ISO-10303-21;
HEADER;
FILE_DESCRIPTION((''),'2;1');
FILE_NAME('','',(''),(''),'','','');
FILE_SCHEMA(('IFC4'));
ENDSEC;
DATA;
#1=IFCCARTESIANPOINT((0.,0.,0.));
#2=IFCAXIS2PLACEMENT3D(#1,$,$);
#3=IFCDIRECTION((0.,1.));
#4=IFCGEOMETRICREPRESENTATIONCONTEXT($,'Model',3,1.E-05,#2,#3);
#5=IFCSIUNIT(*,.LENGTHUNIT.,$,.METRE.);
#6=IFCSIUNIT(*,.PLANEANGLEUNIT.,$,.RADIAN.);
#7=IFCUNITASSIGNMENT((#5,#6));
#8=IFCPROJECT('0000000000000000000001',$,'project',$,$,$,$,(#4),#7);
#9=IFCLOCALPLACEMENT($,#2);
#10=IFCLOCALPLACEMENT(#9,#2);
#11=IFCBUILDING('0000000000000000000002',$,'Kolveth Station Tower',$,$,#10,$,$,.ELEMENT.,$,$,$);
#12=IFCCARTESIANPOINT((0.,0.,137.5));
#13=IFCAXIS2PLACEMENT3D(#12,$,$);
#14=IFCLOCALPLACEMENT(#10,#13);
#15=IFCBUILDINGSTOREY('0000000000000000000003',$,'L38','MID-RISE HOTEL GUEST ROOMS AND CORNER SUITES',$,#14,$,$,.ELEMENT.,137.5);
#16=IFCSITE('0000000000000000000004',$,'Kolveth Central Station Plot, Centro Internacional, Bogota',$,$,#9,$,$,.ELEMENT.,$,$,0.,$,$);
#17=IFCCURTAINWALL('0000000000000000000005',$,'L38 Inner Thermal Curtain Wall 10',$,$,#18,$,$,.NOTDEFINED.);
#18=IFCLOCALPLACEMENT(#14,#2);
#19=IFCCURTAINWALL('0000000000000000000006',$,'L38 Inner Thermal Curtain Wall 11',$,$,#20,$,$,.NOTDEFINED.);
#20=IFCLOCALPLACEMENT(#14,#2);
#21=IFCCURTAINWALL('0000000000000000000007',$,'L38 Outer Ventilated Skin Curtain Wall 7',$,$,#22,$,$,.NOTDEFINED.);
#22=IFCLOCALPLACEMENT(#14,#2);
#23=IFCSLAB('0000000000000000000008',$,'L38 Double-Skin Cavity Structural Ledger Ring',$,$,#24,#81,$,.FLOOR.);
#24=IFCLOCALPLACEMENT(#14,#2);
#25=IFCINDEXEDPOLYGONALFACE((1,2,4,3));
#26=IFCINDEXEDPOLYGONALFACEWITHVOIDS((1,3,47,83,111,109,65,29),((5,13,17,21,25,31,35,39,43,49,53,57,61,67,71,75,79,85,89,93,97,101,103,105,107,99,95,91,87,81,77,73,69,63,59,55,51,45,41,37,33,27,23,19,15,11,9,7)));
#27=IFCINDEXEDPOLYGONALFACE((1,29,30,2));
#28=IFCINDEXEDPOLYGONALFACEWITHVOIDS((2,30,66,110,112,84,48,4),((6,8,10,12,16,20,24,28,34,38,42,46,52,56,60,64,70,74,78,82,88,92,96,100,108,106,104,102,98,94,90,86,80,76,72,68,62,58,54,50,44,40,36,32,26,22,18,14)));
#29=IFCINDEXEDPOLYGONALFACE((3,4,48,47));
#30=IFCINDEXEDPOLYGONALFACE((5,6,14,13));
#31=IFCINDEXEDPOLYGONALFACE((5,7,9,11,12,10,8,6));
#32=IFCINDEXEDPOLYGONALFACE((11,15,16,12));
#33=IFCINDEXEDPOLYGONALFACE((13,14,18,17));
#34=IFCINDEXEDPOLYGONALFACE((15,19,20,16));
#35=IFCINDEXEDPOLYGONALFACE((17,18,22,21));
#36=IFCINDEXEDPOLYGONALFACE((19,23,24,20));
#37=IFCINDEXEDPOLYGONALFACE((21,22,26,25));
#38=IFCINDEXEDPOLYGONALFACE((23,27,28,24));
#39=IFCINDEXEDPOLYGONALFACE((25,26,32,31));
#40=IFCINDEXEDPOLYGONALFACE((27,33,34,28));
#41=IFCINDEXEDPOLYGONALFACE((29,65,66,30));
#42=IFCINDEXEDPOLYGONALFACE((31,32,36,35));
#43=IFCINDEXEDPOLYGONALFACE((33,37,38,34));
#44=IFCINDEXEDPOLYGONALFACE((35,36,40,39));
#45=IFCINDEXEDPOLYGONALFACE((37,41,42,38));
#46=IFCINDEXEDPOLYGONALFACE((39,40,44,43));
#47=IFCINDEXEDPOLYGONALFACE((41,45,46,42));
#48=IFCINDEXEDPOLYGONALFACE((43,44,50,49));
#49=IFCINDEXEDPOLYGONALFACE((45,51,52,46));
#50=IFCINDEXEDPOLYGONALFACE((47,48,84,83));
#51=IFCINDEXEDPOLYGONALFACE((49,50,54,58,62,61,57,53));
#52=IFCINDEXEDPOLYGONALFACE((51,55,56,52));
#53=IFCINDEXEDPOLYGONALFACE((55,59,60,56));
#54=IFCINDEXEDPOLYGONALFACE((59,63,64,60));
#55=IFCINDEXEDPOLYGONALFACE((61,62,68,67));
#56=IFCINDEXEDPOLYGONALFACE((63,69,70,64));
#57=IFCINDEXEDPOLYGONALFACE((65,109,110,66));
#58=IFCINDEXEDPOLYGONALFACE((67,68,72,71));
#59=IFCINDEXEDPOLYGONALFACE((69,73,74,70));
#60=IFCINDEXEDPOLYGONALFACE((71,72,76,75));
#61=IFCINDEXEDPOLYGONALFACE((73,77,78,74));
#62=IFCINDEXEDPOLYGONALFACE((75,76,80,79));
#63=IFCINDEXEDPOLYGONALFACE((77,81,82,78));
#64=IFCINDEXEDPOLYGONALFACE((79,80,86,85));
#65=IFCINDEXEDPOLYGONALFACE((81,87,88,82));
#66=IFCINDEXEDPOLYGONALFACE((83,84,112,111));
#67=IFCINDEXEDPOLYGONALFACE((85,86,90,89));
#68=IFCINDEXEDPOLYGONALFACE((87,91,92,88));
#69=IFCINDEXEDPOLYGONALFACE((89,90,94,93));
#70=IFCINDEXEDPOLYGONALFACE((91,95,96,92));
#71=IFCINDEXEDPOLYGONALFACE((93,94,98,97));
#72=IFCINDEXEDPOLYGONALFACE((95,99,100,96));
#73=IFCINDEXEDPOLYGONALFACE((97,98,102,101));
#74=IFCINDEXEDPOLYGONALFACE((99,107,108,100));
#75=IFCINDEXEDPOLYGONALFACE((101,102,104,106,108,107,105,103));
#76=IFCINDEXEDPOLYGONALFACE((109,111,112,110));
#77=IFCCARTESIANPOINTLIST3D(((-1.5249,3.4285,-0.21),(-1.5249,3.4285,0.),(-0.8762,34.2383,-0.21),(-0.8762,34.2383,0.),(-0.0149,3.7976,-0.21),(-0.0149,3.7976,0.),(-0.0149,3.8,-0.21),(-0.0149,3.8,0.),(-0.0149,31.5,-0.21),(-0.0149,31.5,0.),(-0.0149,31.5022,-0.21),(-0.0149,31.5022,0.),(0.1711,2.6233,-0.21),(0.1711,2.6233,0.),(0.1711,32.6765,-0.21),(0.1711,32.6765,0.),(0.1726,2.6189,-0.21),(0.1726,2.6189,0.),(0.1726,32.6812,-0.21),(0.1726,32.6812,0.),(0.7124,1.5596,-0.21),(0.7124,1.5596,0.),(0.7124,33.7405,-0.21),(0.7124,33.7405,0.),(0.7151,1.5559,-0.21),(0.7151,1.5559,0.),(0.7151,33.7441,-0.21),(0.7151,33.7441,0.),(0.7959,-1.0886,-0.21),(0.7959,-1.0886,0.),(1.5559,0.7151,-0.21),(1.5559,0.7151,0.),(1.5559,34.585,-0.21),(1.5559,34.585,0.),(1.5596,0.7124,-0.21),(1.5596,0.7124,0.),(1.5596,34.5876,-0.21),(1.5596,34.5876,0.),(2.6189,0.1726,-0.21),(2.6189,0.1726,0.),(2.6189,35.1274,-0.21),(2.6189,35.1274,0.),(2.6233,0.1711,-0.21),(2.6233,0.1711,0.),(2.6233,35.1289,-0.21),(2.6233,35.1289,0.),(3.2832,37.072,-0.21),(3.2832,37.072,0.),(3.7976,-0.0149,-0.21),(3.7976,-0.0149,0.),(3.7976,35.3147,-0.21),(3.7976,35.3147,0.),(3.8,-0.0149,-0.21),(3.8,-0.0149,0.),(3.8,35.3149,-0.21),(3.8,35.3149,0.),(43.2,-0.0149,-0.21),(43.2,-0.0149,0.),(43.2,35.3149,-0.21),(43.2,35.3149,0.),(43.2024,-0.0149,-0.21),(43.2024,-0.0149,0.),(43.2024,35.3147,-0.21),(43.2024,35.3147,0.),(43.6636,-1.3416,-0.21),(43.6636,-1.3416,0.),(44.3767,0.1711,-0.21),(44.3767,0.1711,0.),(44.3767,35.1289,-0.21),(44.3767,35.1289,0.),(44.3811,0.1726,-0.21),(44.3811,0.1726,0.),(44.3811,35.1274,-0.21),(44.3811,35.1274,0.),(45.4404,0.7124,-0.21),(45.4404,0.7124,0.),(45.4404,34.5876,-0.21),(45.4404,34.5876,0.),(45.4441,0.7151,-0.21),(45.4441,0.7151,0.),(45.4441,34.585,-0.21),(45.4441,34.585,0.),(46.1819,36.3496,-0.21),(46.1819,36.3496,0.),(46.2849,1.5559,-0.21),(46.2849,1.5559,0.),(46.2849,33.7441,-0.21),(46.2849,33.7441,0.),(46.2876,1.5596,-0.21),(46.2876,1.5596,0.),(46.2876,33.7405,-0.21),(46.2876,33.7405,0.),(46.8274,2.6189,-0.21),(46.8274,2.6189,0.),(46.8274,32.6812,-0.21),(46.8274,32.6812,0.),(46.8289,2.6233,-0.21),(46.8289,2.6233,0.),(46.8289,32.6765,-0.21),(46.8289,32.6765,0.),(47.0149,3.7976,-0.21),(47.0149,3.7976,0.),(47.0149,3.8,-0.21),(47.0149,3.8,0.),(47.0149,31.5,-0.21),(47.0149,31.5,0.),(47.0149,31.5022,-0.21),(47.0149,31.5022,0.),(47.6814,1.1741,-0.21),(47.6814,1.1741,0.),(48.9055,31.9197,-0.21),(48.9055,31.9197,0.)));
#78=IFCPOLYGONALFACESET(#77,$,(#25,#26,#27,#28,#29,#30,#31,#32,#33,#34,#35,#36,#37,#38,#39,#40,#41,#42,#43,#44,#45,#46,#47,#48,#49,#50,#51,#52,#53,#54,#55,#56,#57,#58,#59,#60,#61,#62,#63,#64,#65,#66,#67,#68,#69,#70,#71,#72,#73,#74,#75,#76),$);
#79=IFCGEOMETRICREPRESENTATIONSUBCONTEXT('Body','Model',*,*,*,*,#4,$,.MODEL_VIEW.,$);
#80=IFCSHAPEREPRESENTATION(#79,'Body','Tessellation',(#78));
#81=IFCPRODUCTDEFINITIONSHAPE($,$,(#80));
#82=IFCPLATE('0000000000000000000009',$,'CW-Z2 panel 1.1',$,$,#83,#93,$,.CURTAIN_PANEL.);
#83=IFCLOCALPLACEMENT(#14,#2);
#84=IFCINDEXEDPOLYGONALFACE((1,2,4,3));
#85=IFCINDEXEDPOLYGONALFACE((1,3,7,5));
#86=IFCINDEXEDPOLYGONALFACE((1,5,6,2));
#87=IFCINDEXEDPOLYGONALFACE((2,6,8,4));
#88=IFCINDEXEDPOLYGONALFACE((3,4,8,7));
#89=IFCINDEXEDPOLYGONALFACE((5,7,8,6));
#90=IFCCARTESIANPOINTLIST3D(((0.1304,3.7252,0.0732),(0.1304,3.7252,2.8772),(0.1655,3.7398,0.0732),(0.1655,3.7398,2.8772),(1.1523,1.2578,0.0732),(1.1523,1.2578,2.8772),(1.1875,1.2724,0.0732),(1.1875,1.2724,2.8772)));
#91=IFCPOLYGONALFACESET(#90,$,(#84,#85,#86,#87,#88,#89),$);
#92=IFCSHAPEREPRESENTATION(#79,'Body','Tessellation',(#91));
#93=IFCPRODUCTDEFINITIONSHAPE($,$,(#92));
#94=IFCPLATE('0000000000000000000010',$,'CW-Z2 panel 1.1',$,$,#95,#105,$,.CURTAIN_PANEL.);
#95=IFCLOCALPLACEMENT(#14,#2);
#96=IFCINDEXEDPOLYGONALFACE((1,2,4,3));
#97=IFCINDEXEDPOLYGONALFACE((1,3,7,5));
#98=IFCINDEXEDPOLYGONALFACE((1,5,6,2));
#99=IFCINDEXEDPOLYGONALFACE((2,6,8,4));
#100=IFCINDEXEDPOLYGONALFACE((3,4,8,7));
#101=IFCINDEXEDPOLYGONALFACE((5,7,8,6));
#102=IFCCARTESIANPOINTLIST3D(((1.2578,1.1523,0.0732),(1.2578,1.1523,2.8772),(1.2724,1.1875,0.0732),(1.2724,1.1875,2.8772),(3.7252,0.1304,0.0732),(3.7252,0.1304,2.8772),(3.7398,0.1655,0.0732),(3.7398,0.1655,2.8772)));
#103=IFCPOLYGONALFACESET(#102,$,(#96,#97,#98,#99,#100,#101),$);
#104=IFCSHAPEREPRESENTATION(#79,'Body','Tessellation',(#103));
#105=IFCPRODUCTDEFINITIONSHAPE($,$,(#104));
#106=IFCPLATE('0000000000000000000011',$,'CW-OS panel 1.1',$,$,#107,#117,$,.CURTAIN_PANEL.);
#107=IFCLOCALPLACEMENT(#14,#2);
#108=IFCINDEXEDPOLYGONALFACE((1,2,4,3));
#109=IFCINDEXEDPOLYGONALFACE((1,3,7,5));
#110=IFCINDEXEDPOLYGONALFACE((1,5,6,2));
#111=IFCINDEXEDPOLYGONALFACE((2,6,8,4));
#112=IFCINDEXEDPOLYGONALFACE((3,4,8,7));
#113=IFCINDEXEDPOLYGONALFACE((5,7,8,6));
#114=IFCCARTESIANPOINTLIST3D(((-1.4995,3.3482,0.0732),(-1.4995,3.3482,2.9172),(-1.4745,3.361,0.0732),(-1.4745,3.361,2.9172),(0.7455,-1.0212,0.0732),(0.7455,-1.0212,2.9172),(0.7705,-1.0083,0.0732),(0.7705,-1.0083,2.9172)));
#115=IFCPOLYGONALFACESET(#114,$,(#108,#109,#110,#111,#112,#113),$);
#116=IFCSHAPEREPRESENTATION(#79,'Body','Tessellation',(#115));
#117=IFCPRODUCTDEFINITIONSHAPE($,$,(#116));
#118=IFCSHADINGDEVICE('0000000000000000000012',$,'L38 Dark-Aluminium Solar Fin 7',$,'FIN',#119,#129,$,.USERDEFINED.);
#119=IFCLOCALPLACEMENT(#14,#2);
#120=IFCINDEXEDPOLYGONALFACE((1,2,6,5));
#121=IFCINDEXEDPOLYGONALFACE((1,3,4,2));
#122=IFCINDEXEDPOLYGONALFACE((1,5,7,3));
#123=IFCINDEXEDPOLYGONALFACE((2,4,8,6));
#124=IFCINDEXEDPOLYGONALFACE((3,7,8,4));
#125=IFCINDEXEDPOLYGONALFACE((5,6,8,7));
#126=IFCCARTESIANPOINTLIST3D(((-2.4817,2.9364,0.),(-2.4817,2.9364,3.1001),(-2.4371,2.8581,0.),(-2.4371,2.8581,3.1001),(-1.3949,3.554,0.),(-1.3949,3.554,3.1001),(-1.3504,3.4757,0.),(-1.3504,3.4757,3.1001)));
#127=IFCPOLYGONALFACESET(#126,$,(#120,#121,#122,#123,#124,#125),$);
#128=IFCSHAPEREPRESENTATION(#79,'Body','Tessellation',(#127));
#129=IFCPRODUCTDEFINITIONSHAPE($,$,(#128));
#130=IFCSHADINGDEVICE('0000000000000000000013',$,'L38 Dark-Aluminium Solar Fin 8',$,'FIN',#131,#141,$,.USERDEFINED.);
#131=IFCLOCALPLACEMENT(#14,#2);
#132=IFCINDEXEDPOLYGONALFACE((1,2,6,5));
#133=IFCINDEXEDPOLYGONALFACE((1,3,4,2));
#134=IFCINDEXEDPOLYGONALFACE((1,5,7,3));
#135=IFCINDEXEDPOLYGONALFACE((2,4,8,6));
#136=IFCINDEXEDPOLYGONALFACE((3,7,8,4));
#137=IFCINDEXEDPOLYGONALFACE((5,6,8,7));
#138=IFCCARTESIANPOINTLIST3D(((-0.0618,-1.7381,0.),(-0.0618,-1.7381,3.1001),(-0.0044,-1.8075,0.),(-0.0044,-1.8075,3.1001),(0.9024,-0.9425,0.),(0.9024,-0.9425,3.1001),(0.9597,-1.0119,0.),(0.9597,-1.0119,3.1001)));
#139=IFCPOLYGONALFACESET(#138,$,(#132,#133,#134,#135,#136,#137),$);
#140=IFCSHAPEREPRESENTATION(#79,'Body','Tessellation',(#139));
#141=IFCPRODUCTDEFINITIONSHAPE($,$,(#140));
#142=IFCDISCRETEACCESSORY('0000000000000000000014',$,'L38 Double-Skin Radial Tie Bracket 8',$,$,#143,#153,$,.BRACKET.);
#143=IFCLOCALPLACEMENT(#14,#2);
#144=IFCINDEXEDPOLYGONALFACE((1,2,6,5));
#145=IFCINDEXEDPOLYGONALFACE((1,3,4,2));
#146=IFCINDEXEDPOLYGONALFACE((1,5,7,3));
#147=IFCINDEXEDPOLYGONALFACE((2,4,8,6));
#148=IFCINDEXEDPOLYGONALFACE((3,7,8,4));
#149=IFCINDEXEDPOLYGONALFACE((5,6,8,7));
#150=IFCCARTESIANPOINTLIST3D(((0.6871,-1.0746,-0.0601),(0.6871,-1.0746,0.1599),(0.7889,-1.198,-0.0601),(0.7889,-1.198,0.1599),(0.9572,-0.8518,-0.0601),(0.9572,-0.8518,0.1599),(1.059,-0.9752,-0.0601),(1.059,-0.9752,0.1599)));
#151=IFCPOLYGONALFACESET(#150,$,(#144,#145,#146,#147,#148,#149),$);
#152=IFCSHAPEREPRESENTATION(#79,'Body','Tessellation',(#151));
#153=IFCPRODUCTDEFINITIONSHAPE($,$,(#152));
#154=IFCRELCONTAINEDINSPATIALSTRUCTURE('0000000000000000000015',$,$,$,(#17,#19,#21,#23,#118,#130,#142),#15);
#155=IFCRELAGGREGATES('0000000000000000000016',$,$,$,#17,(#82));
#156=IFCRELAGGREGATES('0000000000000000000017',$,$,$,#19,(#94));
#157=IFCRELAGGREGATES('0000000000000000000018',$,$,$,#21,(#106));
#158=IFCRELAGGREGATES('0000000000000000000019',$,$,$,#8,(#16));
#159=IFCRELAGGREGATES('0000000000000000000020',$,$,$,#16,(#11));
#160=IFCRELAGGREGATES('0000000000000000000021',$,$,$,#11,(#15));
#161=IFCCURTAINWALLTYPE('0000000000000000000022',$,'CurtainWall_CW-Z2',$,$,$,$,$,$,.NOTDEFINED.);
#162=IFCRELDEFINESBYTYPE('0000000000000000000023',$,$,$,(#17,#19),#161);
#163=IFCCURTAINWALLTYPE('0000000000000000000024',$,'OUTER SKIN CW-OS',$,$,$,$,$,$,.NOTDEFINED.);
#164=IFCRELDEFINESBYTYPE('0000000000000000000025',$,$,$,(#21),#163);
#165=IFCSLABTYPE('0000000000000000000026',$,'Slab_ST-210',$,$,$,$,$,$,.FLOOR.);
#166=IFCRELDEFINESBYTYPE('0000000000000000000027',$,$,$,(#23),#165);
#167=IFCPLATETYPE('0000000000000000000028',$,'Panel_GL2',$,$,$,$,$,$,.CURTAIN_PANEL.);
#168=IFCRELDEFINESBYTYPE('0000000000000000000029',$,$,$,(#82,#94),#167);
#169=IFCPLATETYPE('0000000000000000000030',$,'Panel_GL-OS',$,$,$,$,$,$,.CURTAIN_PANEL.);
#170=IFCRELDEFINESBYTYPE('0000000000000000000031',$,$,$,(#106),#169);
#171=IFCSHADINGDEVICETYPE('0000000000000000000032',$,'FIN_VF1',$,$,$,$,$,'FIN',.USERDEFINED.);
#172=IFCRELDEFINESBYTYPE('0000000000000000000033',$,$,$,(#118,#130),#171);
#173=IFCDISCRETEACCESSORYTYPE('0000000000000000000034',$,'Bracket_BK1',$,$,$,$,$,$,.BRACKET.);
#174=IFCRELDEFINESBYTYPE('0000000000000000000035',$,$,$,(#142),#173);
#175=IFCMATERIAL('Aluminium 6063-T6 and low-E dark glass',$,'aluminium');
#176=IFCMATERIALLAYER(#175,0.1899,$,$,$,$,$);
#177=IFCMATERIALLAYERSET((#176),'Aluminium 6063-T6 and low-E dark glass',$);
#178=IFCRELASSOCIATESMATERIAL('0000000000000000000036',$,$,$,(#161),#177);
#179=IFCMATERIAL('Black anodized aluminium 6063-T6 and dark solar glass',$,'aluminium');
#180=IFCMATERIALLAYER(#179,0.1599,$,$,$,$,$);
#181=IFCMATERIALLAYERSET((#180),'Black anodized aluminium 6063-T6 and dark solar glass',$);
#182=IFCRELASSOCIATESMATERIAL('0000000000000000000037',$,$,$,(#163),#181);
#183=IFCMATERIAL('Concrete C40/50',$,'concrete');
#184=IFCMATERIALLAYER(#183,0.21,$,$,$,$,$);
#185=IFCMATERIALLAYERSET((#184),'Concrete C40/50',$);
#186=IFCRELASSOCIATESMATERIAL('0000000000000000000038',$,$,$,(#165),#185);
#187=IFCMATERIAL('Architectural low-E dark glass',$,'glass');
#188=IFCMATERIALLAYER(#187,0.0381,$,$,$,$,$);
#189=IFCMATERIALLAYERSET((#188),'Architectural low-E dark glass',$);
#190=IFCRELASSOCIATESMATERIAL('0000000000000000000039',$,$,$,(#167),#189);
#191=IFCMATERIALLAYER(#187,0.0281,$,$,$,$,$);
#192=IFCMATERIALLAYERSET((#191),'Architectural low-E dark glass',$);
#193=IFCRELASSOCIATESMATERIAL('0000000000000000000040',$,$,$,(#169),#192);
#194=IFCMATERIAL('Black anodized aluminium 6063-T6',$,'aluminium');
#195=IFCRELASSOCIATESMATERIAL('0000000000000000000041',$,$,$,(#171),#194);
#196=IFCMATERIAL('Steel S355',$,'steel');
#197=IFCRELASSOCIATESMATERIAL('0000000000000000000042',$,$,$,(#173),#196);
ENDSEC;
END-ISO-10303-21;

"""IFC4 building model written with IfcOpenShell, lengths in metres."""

from ifc_helpers import new_model, si_unit, direction, frame, origin, origin_2d, place, context, subcontext, project, spatial, polyline, rectangle, outline, extrude, source, transform, mapped, material, layer, layer_set, type_object, element, aggregate, save


model = new_model("IFC4")

# Units and contexts
model_context = context("Model", 3, precision=1e-05, world=origin(), true_north=direction((0.0, 1.0)))
body_context = subcontext(model_context, "Body", "Model", "MODEL_VIEW")
ifc_project = project(units=[si_unit("LENGTHUNIT", "METRE"), si_unit("PLANEANGLEUNIT", "RADIAN")], contexts=[model_context])

# Site, building, storey
site_placement = place(None, origin())
site = spatial("IfcSite", under=ifc_project, at=site_placement, Name="Kolveth Central Station Plot, Centro Internacional, Bogota", CompositionType="ELEMENT", RefElevation=0.0)
building_placement = place(site_placement, origin())
building = spatial("IfcBuilding", under=site, at=building_placement, Name="Kolveth Station Tower", CompositionType="ELEMENT")
storey_placement = place(building_placement, frame((0.0, 0.0, 137.5)))
storey = spatial("IfcBuildingStorey", under=building, at=storey_placement, Name="L38", Description="MID-RISE HOTEL GUEST ROOMS AND CORNER SUITES", CompositionType="ELEMENT", Elevation=137.5)

# Curtain wall
ifc_material_1 = material(Name="Aluminium 6063-T6 and low-E dark glass", Category="aluminium")
ifc_layer_1 = layer(ifc_material_1, 0.1899)
ifc_layer_set_1 = layer_set([ifc_layer_1], Name="Aluminium 6063-T6 and low-E dark glass")
curtain_wall_type_1 = type_object("IfcCurtainWallType", Name="CurtainWall_CW-Z2", PredefinedType="NOTDEFINED", material=ifc_layer_set_1)
curtain_wall_1_placement = place(storey_placement, origin())
curtain_wall_1 = element("IfcCurtainWall", 1, at=curtain_wall_1_placement, inside=storey, type_object=curtain_wall_type_1, Name="L38 Inner Thermal Curtain Wall 10", PredefinedType="NOTDEFINED")
ifc_material_2 = material(Name="Black anodized aluminium 6063-T6", Category="aluminium")

# Curtain wall
curtain_wall_2_placement = place(storey_placement, origin())
curtain_wall_2 = element("IfcCurtainWall", 2, at=curtain_wall_2_placement, inside=storey, type_object=curtain_wall_type_1, Name="L38 Inner Thermal Curtain Wall 11", PredefinedType="NOTDEFINED")

# Curtain wall
ifc_material_3 = material(Name="Black anodized aluminium 6063-T6 and dark solar glass", Category="aluminium")
ifc_layer_2 = layer(ifc_material_3, 0.1599)
ifc_layer_set_2 = layer_set([ifc_layer_2], Name="Black anodized aluminium 6063-T6 and dark solar glass")
curtain_wall_type_2 = type_object("IfcCurtainWallType", Name="OUTER SKIN CW-OS", PredefinedType="NOTDEFINED", material=ifc_layer_set_2)
curtain_wall_3_placement = place(storey_placement, origin())
curtain_wall_3 = element("IfcCurtainWall", 3, at=curtain_wall_3_placement, inside=storey, type_object=curtain_wall_type_2, Name="L38 Outer Ventilated Skin Curtain Wall 7", PredefinedType="NOTDEFINED")

# Shared definitions
ifc_material_4 = material(Name="Concrete C40/50", Category="concrete")

# Slab
ifc_layer_3 = layer(ifc_material_4, 0.21)
ifc_layer_set_3 = layer_set([ifc_layer_3], Name="Concrete C40/50")
slab_type_1 = type_object("IfcSlabType", Name="Slab_ST-210", PredefinedType="FLOOR", material=ifc_layer_set_3)
slab_1_placement = place(storey_placement, frame((0.0, 0.0, -0.21)))
element("IfcSlab", 4, at=slab_1_placement, inside=storey, type_object=slab_type_1, Name="L38 Double-Skin Cavity Structural Ledger Ring", PredefinedType="FLOOR", context=body_context, shape_type="SweptSolid", body=[
    extrude(outline(polyline([(0.7959, -1.0886), (-1.5249, 3.4285), (-0.8762, 34.2383), (3.2832, 37.072), (46.1819, 36.3496), (48.9055, 31.9197), (47.6814, 1.1741), (43.6636, -1.3416), (0.7959, -1.0886)]), holes=[polyline([(43.2024, -0.0149), (44.3767, 0.1711), (44.3811, 0.1726), (45.4404, 0.7124), (45.4441, 0.7151), (46.2849, 1.5559), (46.2876, 1.5596), (46.8274, 2.6189), (46.8289, 2.6233), (47.0149, 3.7976), (47.0149, 3.8), (47.0149, 31.5), (47.0149, 31.5022), (46.8289, 32.6765), (46.8274, 32.6812), (46.2876, 33.7405), (46.2849, 33.7441), (45.4441, 34.585), (45.4404, 34.5876), (44.3811, 35.1274), (44.3767, 35.1289), (43.2024, 35.3147), (43.2, 35.3149), (3.8, 35.3149), (3.7976, 35.3147), (2.6233, 35.1289), (2.6189, 35.1274), (1.5596, 34.5876), (1.5559, 34.585), (0.7151, 33.7441), (0.7124, 33.7405), (0.1726, 32.6812), (0.1711, 32.6765), (-0.0149, 31.5022), (-0.0149, 31.5), (-0.0149, 3.8), (-0.0149, 3.7976), (0.1711, 2.6233), (0.1726, 2.6189), (0.7124, 1.5596), (0.7151, 1.5559), (1.5559, 0.7151), (1.5596, 0.7124), (2.6189, 0.1726), (2.6233, 0.1711), (3.7976, -0.0149), (3.8, -0.0149), (43.2, -0.0149), (43.2024, -0.0149)])]), origin(), (0.0, 0.0, 1.0), 0.21),
])

# Plates
ifc_material_5 = material(Name="Architectural low-E dark glass", Category="glass")
ifc_layer_4 = layer(ifc_material_5, 0.0381)
ifc_layer_set_4 = layer_set([ifc_layer_4], Name="Architectural low-E dark glass")
plate_type_1 = type_object("IfcPlateType", Name="Panel_GL2", PredefinedType="CURTAIN_PANEL", material=ifc_layer_set_4)
shared_shape_1 = source(origin(), body_context, "Body", "SweptSolid", [
    extrude(rectangle(XDim=2.6707, YDim=0.0381, at=origin_2d()), origin(), (0.0, 0.0, 1.0), 2.804),
])
plate_1_placement = place(storey_placement, frame((0.6589, 2.4988, 0.0732), z_axis=(0.0, 0.0, 1.0), x_axis=(0.382663, -0.923888, 0.0)))
plate_1 = element("IfcPlate", 5, at=plate_1_placement, type_object=plate_type_1, Name="CW-Z2 panel 1.1", PredefinedType="CURTAIN_PANEL", context=body_context, shape_type="MappedRepresentation", body=[
    mapped(shared_shape_1, transform((0.0, 0.0, 0.0), x_axis=(1.0, 0.0, 0.0), y_axis=(0.0, 1.0, 0.0), z_axis=(0.0, 0.0, 1.0), scale=1.0)),
])
aggregate(curtain_wall_1, [plate_1])
plate_2_placement = place(storey_placement, frame((2.4988, 0.6589, 0.0732), z_axis=(0.0, 0.0, 1.0), x_axis=(0.923888, -0.382663, 0.0)))
plate_2 = element("IfcPlate", 6, at=plate_2_placement, type_object=plate_type_1, Name="CW-Z2 panel 1.1", PredefinedType="CURTAIN_PANEL", context=body_context, shape_type="MappedRepresentation", body=[
    mapped(shared_shape_1, transform((0.0, 0.0, 0.0), x_axis=(1.0, 0.0, 0.0), y_axis=(0.0, 1.0, 0.0), z_axis=(0.0, 0.0, 1.0), scale=1.0)),
])
aggregate(curtain_wall_2, [plate_2])
ifc_layer_5 = layer(ifc_material_5, 0.0281)
ifc_layer_set_5 = layer_set([ifc_layer_5], Name="Architectural low-E dark glass")
plate_type_2 = type_object("IfcPlateType", Name="Panel_GL-OS", PredefinedType="CURTAIN_PANEL", material=ifc_layer_set_5)
shared_shape_2 = source(origin(), body_context, "Body", "SweptSolid", [
    extrude(rectangle(XDim=4.9124, YDim=0.0281, at=origin_2d()), origin(), (0.0, 0.0, 1.0), 2.844),
])
plate_3_placement = place(storey_placement, frame((-0.3645, 1.1699, 0.0732), z_axis=(0.0, 0.0, 1.0), x_axis=(0.457001, -0.889466, 0.0)))
plate_3 = element("IfcPlate", 7, at=plate_3_placement, type_object=plate_type_2, Name="CW-OS panel 1.1", PredefinedType="CURTAIN_PANEL", context=body_context, shape_type="MappedRepresentation", body=[
    mapped(shared_shape_2, transform((0.0, 0.0, 0.0), x_axis=(1.0, 0.0, 0.0), y_axis=(0.0, 1.0, 0.0), z_axis=(0.0, 0.0, 1.0), scale=1.0)),
])
aggregate(curtain_wall_3, [plate_3])

# Shading devices
shading_device_type = type_object("IfcShadingDeviceType", Name="FIN_VF1", ElementType="FIN", PredefinedType="USERDEFINED", material=ifc_material_2)
shared_shape_3 = source(origin(), body_context, "Body", "SweptSolid", [
    extrude(rectangle(XDim=1.25, YDim=0.0901, at=origin_2d()), origin(), (0.0, 0.0, 1.0), 3.1001),
])
for number, where, z_axis, x_axis, name in (
    (8, (-1.916, 3.2061, 0.0), (0.0, 0.0, 1.0), (-0.869409, -0.494094, 0.0), "L38 Dark-Aluminium Solar Fin 7"),
    (9, (0.449, -1.375, 0.0), (0.0, 0.0, 1.0), (-0.771291, -0.636482, 0.0), "L38 Dark-Aluminium Solar Fin 8"),
):
    element("IfcShadingDevice", number, at=place(storey_placement, frame(where, z_axis=z_axis, x_axis=x_axis)), inside=storey, type_object=shading_device_type, Name=name, ObjectType="FIN", PredefinedType="USERDEFINED", context=body_context, shape_type="MappedRepresentation", body=[
        mapped(shared_shape_3, transform((0.0, 0.0, 0.0), x_axis=(1.0, 0.0, 0.0), y_axis=(0.0, 1.0, 0.0), z_axis=(0.0, 0.0, 1.0), scale=1.0)),
    ])

# Discrete accessory
ifc_material_6 = material(Name="Steel S355", Category="steel")
discrete_accessory_type = type_object("IfcDiscreteAccessoryType", Name="Bracket_BK1", PredefinedType="BRACKET", material=ifc_material_6)
shared_shape_4 = source(origin(), body_context, "Body", "SweptSolid", [
    extrude(rectangle(XDim=0.3501, YDim=0.1599, at=origin_2d()), origin(), (0.0, 0.0, 1.0), 0.22),
])
discrete_accessory_placement = place(storey_placement, frame((0.873, -1.0249, -0.0601), z_axis=(0.0, 0.0, 1.0), x_axis=(-0.771291, -0.636482, 0.0)))
element("IfcDiscreteAccessory", 10, at=discrete_accessory_placement, inside=storey, type_object=discrete_accessory_type, Name="L38 Double-Skin Radial Tie Bracket 8", PredefinedType="BRACKET", context=body_context, shape_type="MappedRepresentation", body=[
    mapped(shared_shape_4, transform((0.0, 0.0, 0.0), x_axis=(1.0, 0.0, 0.0), y_axis=(0.0, 1.0, 0.0), z_axis=(0.0, 0.0, 1.0), scale=1.0)),
])

save(model, "model.ifc")
